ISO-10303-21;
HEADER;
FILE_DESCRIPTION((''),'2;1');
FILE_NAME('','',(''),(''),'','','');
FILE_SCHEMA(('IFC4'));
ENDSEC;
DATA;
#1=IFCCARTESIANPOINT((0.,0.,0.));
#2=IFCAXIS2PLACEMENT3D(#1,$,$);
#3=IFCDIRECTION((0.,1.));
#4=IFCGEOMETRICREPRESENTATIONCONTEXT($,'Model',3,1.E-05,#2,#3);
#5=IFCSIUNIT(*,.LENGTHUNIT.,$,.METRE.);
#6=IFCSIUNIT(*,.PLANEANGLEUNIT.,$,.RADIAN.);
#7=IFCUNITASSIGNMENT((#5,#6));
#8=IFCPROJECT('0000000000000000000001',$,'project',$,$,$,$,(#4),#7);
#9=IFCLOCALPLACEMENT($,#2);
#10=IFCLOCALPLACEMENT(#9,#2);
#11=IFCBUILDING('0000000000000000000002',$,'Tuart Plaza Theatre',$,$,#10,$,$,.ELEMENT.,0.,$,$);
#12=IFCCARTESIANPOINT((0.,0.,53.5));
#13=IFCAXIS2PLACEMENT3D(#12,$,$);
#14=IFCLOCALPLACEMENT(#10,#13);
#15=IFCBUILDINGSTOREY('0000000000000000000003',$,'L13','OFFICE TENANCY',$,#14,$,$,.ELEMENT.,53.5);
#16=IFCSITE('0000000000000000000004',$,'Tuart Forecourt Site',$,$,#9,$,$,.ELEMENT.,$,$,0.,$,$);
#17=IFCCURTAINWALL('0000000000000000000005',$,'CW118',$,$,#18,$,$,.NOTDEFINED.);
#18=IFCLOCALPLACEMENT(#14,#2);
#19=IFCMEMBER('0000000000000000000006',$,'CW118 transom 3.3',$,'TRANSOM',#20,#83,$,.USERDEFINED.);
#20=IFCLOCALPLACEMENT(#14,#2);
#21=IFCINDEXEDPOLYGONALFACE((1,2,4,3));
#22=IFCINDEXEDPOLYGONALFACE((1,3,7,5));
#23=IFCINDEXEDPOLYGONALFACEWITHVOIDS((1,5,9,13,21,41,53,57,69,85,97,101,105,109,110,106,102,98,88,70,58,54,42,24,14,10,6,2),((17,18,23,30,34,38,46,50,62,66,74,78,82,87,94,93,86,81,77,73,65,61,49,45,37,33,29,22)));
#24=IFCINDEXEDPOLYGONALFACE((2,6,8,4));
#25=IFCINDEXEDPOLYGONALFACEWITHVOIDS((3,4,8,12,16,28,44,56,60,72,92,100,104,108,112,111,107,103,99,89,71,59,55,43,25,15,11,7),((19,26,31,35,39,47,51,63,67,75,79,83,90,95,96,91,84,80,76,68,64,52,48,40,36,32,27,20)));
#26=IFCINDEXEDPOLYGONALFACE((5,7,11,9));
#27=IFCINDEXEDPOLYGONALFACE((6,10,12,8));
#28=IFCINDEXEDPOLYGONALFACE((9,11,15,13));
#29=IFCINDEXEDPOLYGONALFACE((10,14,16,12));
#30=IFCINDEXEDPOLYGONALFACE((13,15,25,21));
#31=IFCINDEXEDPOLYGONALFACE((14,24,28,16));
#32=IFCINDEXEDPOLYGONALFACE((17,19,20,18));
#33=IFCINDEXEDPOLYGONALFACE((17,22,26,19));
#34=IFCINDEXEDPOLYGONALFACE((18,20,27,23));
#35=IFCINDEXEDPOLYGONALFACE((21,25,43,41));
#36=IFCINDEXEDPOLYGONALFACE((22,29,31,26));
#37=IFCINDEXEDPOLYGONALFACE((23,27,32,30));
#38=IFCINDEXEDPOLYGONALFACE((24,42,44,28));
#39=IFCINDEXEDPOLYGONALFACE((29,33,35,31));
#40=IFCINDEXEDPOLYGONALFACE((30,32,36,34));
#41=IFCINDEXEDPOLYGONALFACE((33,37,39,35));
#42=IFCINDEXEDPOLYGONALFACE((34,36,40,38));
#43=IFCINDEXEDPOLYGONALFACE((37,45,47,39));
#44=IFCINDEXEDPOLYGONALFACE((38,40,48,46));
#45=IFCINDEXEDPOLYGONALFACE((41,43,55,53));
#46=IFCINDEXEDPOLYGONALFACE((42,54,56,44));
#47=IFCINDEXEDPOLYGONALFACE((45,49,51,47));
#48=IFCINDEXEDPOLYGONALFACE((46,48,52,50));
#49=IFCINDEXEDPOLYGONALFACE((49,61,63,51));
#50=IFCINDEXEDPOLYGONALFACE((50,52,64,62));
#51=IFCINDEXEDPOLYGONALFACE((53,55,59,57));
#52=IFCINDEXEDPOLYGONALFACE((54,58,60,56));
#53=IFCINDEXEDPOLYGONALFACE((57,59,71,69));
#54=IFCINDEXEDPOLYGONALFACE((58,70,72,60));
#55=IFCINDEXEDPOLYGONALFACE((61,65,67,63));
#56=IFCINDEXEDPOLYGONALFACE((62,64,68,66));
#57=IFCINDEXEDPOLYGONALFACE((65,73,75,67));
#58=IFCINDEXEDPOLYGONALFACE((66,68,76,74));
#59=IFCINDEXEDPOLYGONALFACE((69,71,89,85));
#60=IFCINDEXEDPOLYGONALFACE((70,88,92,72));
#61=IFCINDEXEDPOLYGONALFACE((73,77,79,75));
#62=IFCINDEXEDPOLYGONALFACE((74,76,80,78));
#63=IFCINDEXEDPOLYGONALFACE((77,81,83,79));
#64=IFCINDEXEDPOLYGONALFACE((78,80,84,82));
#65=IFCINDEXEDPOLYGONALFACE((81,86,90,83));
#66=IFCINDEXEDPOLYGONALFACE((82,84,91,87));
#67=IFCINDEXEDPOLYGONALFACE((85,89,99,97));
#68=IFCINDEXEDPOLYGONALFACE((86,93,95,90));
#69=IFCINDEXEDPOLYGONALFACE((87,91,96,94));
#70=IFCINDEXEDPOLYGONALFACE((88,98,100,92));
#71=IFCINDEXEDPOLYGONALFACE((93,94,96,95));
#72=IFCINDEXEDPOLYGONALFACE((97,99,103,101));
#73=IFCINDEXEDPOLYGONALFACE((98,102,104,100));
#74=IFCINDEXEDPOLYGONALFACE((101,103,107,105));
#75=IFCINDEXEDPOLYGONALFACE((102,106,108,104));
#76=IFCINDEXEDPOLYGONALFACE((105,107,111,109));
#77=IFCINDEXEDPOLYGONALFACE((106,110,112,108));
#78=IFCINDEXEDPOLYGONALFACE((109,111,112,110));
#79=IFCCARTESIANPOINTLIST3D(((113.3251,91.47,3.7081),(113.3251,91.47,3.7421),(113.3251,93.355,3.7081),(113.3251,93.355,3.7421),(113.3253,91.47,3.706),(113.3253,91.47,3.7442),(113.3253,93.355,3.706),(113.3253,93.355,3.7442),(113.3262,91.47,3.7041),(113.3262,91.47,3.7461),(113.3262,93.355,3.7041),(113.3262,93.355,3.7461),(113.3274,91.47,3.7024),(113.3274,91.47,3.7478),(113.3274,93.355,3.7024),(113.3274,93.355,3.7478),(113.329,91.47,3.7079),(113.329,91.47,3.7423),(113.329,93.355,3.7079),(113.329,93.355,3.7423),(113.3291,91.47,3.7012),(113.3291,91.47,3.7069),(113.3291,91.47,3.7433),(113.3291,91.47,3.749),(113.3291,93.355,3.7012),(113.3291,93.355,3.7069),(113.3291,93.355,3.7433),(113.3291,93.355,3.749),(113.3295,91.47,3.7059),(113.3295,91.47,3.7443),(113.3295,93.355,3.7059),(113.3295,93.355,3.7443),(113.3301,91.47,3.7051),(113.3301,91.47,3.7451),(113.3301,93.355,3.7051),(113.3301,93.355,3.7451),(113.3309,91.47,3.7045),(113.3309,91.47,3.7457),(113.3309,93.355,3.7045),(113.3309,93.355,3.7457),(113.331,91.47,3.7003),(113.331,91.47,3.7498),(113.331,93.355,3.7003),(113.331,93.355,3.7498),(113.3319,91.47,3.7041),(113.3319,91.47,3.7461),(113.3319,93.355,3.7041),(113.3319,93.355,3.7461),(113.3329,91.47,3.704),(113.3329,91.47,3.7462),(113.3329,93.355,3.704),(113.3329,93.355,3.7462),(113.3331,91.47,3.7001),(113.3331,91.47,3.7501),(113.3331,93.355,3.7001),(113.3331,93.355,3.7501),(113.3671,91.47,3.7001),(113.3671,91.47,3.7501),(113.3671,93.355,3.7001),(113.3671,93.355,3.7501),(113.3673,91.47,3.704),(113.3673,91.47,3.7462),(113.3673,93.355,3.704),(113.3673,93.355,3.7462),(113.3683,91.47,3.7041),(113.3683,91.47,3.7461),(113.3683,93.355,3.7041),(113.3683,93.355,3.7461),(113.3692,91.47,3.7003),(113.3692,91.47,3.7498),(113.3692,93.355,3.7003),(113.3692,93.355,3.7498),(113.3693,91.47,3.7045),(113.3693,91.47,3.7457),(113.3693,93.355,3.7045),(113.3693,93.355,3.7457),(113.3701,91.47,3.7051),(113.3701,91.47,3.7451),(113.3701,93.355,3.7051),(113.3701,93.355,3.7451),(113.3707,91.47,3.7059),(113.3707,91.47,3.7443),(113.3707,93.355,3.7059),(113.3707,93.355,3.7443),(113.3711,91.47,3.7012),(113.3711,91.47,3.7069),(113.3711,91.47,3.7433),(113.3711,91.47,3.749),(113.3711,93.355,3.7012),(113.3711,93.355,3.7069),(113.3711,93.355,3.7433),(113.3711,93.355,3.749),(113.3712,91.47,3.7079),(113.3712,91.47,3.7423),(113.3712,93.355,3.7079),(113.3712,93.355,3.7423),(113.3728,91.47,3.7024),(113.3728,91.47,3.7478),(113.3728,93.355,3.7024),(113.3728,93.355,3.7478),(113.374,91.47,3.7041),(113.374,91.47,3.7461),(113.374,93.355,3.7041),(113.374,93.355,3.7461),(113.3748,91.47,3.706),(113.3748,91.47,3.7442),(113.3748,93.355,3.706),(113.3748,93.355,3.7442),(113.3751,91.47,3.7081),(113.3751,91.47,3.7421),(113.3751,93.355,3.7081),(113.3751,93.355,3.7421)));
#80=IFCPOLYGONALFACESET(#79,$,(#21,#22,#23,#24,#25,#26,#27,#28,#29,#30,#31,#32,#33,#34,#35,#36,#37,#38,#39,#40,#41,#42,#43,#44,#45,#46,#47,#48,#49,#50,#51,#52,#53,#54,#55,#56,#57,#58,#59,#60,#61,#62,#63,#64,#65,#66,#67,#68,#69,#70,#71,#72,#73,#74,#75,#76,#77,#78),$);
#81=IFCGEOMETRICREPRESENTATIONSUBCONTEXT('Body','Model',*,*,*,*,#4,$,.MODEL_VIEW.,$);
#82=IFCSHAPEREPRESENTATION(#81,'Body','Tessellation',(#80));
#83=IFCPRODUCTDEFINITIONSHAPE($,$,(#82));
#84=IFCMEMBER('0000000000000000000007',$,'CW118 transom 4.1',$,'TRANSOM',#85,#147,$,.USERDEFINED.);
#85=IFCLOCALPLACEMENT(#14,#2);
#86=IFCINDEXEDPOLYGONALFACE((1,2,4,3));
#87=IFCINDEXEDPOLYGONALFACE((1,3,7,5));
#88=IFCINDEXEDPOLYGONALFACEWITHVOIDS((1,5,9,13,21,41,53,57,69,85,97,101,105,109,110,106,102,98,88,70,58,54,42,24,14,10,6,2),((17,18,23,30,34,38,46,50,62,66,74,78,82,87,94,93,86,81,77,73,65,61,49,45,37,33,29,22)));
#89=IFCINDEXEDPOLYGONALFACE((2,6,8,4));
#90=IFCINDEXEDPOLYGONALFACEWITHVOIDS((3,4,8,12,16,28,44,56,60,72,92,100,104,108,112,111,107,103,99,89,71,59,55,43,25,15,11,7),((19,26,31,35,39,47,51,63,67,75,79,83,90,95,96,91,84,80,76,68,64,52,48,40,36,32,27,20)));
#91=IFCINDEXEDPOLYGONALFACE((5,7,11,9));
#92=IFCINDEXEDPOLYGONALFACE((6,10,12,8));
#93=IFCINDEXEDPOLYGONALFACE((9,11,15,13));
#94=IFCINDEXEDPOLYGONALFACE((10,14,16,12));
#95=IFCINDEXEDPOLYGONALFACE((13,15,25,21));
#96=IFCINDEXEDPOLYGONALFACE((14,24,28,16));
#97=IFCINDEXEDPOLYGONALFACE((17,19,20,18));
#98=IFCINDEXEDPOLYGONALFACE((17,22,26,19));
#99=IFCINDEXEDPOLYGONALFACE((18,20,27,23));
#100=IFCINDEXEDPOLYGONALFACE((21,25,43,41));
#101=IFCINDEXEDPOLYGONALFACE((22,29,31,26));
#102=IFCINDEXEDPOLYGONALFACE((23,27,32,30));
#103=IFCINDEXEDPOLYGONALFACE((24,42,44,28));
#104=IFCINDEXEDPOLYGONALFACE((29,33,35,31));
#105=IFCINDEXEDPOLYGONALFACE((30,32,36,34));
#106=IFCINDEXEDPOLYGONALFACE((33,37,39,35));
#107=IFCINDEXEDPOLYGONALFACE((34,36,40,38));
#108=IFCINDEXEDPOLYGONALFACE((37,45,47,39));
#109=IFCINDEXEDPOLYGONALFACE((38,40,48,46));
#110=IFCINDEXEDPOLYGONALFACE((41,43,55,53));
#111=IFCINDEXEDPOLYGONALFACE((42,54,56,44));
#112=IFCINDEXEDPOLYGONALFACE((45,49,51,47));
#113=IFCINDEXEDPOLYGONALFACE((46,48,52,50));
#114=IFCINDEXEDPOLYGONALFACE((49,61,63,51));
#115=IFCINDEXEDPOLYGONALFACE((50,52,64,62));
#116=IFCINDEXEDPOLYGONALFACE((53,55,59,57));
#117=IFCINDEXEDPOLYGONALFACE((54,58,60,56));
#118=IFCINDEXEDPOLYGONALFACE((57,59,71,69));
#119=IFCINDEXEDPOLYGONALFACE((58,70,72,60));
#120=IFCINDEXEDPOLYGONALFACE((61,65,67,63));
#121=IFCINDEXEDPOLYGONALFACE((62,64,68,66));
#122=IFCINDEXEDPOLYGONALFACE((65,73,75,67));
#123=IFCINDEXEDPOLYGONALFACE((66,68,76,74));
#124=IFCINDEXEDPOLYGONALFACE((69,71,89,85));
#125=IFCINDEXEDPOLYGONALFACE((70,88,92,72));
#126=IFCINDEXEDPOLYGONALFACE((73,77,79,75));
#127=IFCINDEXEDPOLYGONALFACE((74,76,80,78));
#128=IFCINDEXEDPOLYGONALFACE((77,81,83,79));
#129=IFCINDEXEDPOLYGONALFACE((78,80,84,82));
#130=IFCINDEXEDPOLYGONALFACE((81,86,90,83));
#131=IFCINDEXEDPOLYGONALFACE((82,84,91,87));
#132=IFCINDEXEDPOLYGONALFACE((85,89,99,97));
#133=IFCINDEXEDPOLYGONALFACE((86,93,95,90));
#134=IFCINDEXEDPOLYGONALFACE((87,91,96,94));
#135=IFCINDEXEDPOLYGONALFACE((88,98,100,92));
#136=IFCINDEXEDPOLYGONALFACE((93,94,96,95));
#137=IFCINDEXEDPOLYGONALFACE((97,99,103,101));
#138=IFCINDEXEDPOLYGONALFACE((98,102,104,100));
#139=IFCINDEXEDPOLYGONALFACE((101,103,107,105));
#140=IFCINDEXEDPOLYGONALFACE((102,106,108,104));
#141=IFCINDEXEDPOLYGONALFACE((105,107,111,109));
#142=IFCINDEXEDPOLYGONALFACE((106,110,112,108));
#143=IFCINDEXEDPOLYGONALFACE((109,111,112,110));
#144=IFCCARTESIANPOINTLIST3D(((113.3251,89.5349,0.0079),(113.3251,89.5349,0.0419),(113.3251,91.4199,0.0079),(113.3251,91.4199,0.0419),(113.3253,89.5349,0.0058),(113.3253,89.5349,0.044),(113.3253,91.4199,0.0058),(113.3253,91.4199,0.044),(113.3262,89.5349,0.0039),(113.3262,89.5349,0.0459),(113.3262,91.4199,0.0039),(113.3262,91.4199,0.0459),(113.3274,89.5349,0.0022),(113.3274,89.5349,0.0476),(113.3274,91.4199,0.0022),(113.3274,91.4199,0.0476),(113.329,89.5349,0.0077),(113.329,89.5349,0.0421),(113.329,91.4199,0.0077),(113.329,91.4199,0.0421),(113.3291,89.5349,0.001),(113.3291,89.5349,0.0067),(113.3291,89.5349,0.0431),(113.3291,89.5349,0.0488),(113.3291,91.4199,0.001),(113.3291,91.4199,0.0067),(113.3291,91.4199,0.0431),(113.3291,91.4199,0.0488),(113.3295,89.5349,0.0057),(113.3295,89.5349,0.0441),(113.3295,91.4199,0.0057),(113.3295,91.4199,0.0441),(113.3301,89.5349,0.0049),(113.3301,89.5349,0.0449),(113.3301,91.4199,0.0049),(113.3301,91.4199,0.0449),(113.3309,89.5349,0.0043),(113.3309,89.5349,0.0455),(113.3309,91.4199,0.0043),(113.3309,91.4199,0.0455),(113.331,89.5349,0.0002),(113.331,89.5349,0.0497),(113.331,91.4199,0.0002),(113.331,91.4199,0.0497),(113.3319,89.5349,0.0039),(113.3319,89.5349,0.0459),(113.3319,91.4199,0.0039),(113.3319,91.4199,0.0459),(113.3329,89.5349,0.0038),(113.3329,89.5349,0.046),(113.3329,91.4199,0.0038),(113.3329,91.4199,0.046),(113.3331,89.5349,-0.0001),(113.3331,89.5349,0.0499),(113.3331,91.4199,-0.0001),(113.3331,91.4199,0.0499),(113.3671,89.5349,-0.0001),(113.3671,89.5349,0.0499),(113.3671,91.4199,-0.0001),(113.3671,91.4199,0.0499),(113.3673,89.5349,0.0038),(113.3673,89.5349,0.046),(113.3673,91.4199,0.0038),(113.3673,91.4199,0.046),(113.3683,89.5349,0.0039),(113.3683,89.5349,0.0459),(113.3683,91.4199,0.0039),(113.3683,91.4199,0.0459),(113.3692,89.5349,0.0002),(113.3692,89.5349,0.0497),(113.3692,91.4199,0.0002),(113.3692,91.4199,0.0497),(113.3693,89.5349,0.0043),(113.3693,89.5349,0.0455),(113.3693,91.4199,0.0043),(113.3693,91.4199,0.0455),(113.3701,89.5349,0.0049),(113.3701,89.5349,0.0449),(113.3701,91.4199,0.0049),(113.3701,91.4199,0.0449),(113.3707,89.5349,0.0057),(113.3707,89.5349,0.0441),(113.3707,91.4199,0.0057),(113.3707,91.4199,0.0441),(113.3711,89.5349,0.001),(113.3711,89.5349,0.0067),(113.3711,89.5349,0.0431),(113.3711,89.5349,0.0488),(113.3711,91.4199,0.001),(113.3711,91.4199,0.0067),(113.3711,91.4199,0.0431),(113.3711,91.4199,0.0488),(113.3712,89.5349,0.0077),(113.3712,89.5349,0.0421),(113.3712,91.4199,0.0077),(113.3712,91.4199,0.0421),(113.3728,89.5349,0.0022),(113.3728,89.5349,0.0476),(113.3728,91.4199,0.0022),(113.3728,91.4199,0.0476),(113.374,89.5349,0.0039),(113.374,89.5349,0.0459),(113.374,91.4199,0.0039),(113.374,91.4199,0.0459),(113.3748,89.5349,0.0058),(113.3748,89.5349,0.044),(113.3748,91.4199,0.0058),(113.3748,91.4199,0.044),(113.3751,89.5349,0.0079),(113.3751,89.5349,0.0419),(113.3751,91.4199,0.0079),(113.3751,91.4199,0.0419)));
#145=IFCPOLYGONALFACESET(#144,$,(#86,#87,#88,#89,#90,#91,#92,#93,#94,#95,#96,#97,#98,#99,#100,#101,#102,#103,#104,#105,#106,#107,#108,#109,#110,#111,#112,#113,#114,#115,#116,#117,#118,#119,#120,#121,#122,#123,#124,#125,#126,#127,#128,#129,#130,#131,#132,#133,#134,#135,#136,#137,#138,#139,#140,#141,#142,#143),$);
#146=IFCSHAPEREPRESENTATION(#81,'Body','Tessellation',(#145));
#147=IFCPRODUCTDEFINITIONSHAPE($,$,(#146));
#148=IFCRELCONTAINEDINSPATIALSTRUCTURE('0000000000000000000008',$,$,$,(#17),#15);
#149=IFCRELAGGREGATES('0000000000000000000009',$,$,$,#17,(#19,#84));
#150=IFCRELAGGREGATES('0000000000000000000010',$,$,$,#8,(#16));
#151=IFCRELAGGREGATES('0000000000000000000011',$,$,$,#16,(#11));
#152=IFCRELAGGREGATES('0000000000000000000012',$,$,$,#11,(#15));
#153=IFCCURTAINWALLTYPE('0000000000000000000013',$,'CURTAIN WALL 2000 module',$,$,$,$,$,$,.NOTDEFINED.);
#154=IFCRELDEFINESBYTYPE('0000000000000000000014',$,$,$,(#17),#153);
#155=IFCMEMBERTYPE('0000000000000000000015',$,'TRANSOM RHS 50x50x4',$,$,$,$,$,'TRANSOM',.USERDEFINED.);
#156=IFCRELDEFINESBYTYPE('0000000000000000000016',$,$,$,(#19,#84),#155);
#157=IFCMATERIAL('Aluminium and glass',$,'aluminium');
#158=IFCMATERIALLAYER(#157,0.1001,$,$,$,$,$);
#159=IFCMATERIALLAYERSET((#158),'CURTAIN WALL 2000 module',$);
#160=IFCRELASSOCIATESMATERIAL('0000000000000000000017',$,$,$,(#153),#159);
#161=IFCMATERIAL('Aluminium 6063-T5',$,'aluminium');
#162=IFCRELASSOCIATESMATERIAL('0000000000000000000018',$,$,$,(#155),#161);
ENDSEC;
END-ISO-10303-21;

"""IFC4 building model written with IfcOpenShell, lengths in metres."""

from ifc_helpers import new_model, si_unit, direction, frame, origin, origin_2d, place, context, subcontext, project, spatial, hollow_rectangle, extrude, material, layer, layer_set, material_profile, profile_set, type_object, element, aggregate, save


model = new_model("IFC4")

# Units and contexts
model_context = context("Model", 3, precision=1e-05, world=origin(), true_north=direction((0.0, 1.0)))
body_context = subcontext(model_context, "Body", "Model", "MODEL_VIEW")
ifc_project = project(units=[si_unit("LENGTHUNIT", "METRE"), si_unit("PLANEANGLEUNIT", "RADIAN")], contexts=[model_context])

# Site, building, storey
site_placement = place(None, origin())
site = spatial("IfcSite", under=ifc_project, at=site_placement, Name="Tuart Forecourt Site", CompositionType="ELEMENT", RefElevation=0.0)
building_placement = place(site_placement, origin())
building = spatial("IfcBuilding", under=site, at=building_placement, Name="Tuart Plaza Theatre", CompositionType="ELEMENT", ElevationOfRefHeight=0.0)
storey_placement = place(building_placement, frame((0.0, 0.0, 53.5)))
storey = spatial("IfcBuildingStorey", under=building, at=storey_placement, Name="L13", Description="OFFICE TENANCY", CompositionType="ELEMENT", Elevation=53.5)

# Curtain wall, members
ifc_material_1 = material(Name="Aluminium and glass", Category="aluminium")
ifc_layer_1 = layer(ifc_material_1, 0.1001)
ifc_layer_set_1 = layer_set([ifc_layer_1], Name="CURTAIN WALL 2000 module")
curtain_wall_type = type_object("IfcCurtainWallType", Name="CURTAIN WALL 2000 module", PredefinedType="NOTDEFINED", material=ifc_layer_set_1)
curtain_wall_placement = place(storey_placement, origin())
curtain_wall = element("IfcCurtainWall", 1, at=curtain_wall_placement, inside=storey, type_object=curtain_wall_type, Name="CW118", PredefinedType="NOTDEFINED")
ifc_material_2 = material(Name="Aluminium 6063-T5", Category="aluminium")
ifc_material_profile_1 = material_profile(ifc_material_2, hollow_rectangle(XDim=0.05, YDim=0.05, WallThickness=0.0039, InnerFilletRadius=0.0039, OuterFilletRadius=0.0081, at=origin_2d()), Name="RHS 50x50x4")
ifc_profile_set_1 = profile_set([ifc_material_profile_1], Name="Aluminium 6063-T5")
member_type_1 = type_object("IfcMemberType", Name="TRANSOM RHS 50x50x4", ElementType="TRANSOM", PredefinedType="USERDEFINED", material=ifc_profile_set_1)
member_1_placement = place(storey_placement, frame((113.3501, 93.355, 3.7251), z_axis=(0.0, -1.0, 0.0), x_axis=(1.0, 0.0, 0.0)))
member_1 = element("IfcMember", 2, at=member_1_placement, type_object=member_type_1, Name="CW118 transom 3.3", ObjectType="TRANSOM", PredefinedType="USERDEFINED", context=body_context, shape_type="SweptSolid", body=[
    extrude(hollow_rectangle(XDim=0.05, YDim=0.05, WallThickness=0.0039, InnerFilletRadius=0.0039, OuterFilletRadius=0.0081, at=origin_2d()), origin(), (0.0, 0.0, 1.0), 1.885),
])
member_2_placement = place(storey_placement, frame((113.3501, 91.4199, 0.0249), z_axis=(0.0, -1.0, 0.0), x_axis=(1.0, 0.0, 0.0)))
member_2 = element("IfcMember", 3, at=member_2_placement, type_object=member_type_1, Name="CW118 transom 4.1", ObjectType="TRANSOM", PredefinedType="USERDEFINED", context=body_context, shape_type="SweptSolid", body=[
    extrude(hollow_rectangle(XDim=0.05, YDim=0.05, WallThickness=0.0039, InnerFilletRadius=0.0039, OuterFilletRadius=0.0081, at=origin_2d()), origin(), (0.0, 0.0, 1.0), 1.885),
])
aggregate(curtain_wall, [member_1, member_2])

save(model, "model.ifc")
